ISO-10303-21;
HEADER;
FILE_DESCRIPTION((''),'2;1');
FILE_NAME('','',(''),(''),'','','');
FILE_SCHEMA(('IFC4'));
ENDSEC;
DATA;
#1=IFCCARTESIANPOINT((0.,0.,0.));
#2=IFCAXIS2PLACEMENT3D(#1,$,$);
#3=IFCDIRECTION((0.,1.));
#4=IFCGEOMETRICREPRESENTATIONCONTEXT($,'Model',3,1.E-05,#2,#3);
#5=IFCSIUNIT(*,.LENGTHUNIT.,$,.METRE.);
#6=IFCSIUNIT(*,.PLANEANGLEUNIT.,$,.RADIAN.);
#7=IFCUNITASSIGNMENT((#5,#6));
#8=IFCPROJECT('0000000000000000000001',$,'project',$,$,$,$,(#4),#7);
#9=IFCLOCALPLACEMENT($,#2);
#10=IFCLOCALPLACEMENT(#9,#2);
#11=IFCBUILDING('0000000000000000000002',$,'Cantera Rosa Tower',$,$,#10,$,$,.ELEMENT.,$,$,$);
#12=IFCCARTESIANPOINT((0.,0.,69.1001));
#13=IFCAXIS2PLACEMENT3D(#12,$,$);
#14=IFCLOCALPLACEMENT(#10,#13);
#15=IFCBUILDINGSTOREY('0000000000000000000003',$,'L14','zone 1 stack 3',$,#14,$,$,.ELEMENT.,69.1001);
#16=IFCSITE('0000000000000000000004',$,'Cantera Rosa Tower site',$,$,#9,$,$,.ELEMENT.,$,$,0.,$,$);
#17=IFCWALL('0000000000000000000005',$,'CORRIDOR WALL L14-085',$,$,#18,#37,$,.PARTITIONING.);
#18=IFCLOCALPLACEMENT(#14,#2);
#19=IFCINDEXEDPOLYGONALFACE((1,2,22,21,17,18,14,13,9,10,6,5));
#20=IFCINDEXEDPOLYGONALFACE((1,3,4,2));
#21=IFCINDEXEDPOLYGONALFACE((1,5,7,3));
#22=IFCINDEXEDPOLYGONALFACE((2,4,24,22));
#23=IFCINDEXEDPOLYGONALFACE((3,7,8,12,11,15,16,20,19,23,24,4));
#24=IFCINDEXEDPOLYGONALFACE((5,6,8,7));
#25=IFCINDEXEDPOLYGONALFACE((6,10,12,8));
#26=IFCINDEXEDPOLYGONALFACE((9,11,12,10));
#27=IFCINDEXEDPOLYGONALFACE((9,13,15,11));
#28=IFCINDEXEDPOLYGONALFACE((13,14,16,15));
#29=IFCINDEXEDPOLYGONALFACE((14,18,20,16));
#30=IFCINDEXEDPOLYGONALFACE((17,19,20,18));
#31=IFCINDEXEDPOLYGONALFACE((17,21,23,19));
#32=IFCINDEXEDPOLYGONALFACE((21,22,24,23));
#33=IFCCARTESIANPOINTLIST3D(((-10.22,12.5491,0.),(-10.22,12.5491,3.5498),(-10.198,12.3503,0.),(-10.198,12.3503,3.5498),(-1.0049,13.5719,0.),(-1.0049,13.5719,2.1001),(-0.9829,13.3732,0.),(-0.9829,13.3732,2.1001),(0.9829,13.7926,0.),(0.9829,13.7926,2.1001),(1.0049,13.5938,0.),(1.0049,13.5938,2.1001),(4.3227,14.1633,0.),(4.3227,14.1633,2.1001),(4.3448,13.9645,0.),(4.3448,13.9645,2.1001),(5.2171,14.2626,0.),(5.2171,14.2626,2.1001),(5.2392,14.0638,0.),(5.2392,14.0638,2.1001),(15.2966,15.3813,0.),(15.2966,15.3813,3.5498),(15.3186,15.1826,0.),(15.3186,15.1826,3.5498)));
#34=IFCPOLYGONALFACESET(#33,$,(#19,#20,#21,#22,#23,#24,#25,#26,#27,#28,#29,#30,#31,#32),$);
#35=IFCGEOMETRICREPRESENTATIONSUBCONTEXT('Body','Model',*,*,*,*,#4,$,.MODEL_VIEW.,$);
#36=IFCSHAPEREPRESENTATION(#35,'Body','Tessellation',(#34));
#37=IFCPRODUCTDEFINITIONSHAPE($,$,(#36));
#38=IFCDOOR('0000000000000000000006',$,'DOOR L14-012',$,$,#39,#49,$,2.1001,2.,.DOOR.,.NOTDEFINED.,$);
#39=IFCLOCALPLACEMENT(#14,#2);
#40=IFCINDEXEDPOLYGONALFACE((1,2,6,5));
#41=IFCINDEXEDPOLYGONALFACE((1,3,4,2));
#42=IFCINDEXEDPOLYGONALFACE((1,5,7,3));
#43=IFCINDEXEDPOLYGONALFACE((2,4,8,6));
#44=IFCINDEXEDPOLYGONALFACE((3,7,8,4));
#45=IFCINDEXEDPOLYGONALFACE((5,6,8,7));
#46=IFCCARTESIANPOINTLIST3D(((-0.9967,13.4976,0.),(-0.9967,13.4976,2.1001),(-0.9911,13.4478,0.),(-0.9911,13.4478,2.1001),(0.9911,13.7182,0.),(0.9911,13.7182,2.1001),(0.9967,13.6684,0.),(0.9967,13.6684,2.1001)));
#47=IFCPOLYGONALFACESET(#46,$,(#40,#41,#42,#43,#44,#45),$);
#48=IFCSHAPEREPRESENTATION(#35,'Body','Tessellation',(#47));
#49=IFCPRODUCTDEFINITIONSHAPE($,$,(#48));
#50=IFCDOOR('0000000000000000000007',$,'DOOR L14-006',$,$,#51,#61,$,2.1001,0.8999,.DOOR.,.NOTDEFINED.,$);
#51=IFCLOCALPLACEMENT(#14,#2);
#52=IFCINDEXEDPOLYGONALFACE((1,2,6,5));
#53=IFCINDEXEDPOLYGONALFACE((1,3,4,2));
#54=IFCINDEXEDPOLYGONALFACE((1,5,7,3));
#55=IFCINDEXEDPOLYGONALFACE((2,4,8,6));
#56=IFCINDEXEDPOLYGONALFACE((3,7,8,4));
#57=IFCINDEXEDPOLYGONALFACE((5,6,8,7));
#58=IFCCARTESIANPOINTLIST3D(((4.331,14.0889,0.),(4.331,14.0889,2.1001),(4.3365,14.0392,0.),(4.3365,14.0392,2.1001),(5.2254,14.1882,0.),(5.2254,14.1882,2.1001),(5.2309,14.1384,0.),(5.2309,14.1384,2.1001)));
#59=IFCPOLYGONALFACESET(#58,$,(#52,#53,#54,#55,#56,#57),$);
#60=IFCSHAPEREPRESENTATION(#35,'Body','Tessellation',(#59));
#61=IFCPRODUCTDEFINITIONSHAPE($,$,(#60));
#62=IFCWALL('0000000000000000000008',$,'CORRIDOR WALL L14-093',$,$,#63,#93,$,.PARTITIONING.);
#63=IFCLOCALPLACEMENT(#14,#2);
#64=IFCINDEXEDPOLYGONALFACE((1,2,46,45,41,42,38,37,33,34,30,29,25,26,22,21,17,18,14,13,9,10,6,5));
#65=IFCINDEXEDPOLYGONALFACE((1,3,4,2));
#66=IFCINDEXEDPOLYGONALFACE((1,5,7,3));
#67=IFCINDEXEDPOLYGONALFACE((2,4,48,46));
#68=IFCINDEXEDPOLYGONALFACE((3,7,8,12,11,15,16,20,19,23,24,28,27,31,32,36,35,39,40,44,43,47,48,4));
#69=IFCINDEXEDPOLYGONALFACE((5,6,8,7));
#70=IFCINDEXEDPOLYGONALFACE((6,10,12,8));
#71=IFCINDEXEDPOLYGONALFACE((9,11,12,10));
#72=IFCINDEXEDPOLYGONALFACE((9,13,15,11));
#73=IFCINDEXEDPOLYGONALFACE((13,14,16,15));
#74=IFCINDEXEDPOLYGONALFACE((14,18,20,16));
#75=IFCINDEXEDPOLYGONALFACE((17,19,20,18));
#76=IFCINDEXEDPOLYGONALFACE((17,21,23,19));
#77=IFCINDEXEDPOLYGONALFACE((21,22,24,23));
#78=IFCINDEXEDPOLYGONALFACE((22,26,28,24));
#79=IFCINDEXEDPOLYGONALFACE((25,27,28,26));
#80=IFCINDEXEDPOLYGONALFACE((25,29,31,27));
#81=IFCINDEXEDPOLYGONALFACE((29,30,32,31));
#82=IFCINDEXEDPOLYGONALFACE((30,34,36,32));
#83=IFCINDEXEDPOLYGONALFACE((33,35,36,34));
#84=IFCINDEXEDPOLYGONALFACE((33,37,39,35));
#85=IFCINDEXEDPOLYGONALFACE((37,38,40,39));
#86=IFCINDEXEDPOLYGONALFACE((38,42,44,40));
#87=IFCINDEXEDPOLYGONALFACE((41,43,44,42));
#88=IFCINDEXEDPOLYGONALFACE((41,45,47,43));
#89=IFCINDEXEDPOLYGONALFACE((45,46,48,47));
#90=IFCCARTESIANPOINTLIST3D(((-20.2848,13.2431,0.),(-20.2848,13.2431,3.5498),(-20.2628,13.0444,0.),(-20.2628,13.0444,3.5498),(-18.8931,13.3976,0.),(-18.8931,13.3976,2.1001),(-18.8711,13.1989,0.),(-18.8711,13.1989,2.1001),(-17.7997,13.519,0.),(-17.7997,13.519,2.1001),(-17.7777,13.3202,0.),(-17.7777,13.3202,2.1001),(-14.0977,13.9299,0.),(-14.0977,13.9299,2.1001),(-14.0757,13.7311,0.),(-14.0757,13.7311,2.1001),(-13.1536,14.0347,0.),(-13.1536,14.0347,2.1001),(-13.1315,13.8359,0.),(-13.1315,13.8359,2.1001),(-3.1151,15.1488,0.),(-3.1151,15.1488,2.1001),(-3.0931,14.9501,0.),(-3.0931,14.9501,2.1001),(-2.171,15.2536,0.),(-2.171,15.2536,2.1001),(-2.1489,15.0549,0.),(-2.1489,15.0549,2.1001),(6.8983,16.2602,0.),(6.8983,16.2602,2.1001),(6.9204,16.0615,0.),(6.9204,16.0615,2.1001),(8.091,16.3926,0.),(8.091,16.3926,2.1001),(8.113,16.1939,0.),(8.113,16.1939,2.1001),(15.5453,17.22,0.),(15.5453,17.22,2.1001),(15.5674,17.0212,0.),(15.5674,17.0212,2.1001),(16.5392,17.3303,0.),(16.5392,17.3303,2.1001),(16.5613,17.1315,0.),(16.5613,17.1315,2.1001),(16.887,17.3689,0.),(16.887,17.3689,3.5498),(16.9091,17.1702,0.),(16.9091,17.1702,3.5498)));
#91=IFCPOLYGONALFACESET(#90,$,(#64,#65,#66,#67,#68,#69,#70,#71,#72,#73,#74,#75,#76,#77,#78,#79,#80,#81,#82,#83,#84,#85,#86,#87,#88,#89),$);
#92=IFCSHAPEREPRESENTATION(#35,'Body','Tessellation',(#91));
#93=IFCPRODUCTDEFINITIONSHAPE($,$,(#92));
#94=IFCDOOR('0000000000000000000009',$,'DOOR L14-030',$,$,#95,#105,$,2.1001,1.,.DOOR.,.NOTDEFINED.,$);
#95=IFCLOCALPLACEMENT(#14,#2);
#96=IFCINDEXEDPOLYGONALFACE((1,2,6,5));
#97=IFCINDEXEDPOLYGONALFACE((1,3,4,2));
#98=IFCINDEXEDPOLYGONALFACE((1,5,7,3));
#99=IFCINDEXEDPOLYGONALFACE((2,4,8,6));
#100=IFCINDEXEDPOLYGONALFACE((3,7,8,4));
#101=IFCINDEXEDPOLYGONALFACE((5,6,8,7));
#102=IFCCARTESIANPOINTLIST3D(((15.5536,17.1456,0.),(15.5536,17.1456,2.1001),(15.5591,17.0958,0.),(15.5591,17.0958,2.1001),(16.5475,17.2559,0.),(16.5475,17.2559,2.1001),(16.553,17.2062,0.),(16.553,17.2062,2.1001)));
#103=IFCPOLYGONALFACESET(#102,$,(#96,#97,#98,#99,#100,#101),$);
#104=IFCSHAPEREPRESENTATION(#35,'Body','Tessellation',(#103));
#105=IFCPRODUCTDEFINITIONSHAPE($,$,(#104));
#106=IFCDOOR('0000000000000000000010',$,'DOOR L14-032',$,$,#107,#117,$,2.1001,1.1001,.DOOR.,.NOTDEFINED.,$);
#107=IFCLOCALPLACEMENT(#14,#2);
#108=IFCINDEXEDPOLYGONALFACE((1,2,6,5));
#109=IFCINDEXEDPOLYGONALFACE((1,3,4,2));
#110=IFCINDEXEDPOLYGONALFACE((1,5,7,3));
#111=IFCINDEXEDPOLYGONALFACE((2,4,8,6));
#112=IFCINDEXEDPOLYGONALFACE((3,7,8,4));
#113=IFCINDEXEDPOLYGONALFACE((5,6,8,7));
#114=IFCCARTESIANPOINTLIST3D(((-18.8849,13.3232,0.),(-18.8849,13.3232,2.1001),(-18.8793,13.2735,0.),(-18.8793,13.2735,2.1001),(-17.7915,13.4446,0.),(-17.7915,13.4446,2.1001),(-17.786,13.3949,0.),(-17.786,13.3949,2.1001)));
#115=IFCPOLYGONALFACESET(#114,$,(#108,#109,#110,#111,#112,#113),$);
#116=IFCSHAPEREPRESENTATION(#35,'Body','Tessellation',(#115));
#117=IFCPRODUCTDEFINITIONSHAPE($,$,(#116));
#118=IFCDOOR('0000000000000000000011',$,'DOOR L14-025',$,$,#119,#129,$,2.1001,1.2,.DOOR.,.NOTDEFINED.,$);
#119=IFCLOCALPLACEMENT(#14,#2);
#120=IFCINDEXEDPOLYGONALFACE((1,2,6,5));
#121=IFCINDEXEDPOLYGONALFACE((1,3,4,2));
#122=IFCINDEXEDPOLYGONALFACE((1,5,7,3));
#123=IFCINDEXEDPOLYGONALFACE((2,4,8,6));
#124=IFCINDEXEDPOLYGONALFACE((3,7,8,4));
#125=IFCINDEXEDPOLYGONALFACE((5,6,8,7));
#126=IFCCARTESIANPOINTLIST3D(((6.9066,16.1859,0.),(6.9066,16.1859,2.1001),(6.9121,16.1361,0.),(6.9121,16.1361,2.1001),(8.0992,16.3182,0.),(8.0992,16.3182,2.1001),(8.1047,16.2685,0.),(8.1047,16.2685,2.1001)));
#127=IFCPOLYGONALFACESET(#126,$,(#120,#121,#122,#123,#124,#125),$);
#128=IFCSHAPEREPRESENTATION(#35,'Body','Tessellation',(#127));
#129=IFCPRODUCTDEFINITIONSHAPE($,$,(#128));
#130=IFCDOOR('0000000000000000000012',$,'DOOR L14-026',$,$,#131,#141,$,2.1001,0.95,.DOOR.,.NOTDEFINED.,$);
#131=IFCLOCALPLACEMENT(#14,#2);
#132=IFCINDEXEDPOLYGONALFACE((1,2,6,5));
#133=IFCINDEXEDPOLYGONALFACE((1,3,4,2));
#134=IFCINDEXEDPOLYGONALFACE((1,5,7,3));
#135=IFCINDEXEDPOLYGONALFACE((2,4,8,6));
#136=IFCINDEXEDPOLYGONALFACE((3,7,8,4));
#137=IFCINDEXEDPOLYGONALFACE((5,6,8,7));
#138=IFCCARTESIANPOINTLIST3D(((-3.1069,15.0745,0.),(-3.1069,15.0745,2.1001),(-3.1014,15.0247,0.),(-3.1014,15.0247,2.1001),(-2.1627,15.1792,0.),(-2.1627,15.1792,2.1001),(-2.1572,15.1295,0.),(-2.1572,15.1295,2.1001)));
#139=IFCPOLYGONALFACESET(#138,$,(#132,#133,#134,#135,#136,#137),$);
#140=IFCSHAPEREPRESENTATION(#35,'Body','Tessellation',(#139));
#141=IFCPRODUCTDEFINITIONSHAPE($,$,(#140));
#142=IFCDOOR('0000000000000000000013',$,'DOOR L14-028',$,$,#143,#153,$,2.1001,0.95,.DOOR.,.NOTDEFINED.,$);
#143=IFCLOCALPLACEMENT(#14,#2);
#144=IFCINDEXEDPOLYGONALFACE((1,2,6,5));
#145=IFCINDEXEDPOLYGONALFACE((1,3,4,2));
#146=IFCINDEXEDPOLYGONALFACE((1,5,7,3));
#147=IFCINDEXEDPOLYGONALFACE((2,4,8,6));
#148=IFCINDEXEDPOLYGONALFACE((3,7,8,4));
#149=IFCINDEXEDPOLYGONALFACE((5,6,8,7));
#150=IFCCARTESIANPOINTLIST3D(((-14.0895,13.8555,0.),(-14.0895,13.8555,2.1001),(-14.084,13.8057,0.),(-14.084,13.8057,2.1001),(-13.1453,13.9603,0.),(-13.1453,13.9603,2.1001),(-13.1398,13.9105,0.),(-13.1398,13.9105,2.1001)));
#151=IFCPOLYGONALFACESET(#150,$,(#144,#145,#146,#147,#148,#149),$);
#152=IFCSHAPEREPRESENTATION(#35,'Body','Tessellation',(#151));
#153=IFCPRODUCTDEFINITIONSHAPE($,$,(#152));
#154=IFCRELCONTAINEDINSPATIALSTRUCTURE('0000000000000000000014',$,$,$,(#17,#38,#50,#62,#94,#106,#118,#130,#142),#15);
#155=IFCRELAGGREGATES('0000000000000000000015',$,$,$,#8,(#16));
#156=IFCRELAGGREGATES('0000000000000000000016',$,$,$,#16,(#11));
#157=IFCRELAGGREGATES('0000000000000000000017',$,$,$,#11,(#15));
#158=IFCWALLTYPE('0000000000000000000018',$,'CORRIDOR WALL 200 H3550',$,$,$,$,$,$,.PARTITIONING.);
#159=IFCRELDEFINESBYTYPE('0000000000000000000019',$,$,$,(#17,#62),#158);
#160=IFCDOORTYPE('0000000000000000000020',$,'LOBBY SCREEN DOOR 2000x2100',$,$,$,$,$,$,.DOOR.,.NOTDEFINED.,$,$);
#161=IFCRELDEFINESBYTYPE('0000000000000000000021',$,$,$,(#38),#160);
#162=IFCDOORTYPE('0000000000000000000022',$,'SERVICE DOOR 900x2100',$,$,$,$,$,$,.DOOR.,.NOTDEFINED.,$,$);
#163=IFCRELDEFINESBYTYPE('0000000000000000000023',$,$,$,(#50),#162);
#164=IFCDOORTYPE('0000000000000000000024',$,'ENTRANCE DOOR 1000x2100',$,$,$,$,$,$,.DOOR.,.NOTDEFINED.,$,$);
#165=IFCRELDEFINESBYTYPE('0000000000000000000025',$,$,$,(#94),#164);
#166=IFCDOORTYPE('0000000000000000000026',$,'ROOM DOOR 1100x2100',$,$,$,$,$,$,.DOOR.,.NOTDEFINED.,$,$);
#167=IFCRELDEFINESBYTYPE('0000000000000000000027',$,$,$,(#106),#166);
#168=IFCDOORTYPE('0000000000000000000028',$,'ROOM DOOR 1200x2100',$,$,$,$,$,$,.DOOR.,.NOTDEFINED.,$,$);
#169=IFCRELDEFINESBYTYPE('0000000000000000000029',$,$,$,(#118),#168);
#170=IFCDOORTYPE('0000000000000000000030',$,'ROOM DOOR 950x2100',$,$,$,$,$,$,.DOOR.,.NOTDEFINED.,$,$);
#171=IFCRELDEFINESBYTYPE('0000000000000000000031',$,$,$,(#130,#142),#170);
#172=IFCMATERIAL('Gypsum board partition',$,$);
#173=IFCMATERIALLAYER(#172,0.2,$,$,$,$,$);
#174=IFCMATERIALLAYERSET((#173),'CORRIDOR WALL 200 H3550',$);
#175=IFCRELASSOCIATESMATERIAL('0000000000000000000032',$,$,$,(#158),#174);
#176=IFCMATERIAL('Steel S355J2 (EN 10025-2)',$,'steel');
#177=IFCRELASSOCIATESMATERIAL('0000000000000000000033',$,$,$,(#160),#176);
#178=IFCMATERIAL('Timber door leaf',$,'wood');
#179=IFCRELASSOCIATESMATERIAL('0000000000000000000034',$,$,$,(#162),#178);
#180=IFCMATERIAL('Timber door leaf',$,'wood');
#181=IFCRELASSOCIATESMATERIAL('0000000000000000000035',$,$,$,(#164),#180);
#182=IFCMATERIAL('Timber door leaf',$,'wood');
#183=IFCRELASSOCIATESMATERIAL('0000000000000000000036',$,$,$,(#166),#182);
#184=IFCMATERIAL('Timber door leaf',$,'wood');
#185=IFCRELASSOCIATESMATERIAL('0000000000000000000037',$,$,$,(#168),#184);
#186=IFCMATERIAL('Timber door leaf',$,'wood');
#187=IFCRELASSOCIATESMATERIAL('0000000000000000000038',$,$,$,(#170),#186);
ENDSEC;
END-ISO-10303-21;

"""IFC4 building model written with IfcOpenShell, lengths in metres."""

from ifc_helpers import new_model, si_unit, direction, frame, frame_2d, origin, place, context, subcontext, project, spatial, rectangle, extrude, material, layer, layer_set, type_object, element, fill, save


model = new_model("IFC4")

# Units and contexts
model_context = context("Model", 3, precision=1e-05, world=origin(), true_north=direction((0.0, 1.0)))
body_context = subcontext(model_context, "Body", "Model", "MODEL_VIEW")
ifc_project = project(units=[si_unit("LENGTHUNIT", "METRE"), si_unit("PLANEANGLEUNIT", "RADIAN")], contexts=[model_context])

# Site, building, storey
site_placement = place(None, origin())
site = spatial("IfcSite", under=ifc_project, at=site_placement, Name="Cantera Rosa Tower site", CompositionType="ELEMENT", RefElevation=0.0)
building_placement = place(site_placement, origin())
building = spatial("IfcBuilding", under=site, at=building_placement, Name="Cantera Rosa Tower", CompositionType="ELEMENT")
storey_placement = place(building_placement, frame((0.0, 0.0, 69.1001)))
storey = spatial("IfcBuildingStorey", under=building, at=storey_placement, Name="L14", Description="zone 1 stack 3", CompositionType="ELEMENT", Elevation=69.1001)

# Walls, openings, doors
ifc_material_1 = material(Name="Gypsum board partition")
ifc_layer_1 = layer(ifc_material_1, 0.2)
ifc_layer_set_1 = layer_set([ifc_layer_1], Name="CORRIDOR WALL 200 H3550")
wall_type_1 = type_object("IfcWallType", Name="CORRIDOR WALL 200 H3550", PredefinedType="PARTITIONING", material=ifc_layer_set_1)
wall_1_placement = place(storey_placement, frame((15.3076, 15.282, 0.0), z_axis=(0.0, 0.0, 1.0), x_axis=(-0.993896, -0.11032, 0.0)))
wall_1 = element("IfcWall", 1, at=wall_1_placement, inside=storey, type_object=wall_type_1, Name="CORRIDOR WALL L14-085", PredefinedType="PARTITIONING", context=body_context, shape_type="SweptSolid", body=[
    extrude(rectangle(XDim=25.6733, YDim=0.2, at=frame_2d((12.8367, 0.0))), origin(), (0.0, 0.0, 1.0), 3.5498),
])
opening_1_placement = place(wall_1_placement, frame((10.1414, 0.0, 0.0)))
opening_1 = element("IfcOpeningElement", 2, at=opening_1_placement, cuts=wall_1, PredefinedType="OPENING", context=body_context, shape_type="SweptSolid", body=[
    extrude(rectangle(XDim=0.8999, YDim=2.1001, at=frame_2d((0.45, 1.05))), frame((0.0, 0.1099, 0.0), z_axis=(0.0, -1.0, 0.0), x_axis=(1.0, 0.0, 0.0)), (0.0, 0.0, 1.0), 0.22),
])
opening_2_placement = place(wall_1_placement, frame((14.4016, 0.0, 0.0)))
opening_2 = element("IfcOpeningElement", 3, at=opening_2_placement, cuts=wall_1, PredefinedType="OPENING", context=body_context, shape_type="SweptSolid", body=[
    extrude(rectangle(XDim=2.0, YDim=2.1001, at=frame_2d((1.0, 1.05))), frame((0.0, 0.1099, 0.0), z_axis=(0.0, -1.0, 0.0), x_axis=(1.0, 0.0, 0.0)), (0.0, 0.0, 1.0), 0.22),
])
ifc_material_2 = material(Name="Steel S355J2 (EN 10025-2)", Category="steel")
door_type_1 = type_object("IfcDoorType", Name="LOBBY SCREEN DOOR 2000x2100", OperationType="NOTDEFINED", PredefinedType="DOOR", material=ifc_material_2)
door_1_placement = place(opening_2_placement, origin())
door_1 = element("IfcDoor", 4, at=door_1_placement, inside=storey, type_object=door_type_1, Name="DOOR L14-012", OperationType="NOTDEFINED", OverallHeight=2.1001, OverallWidth=2.0, PredefinedType="DOOR", context=body_context, shape_type="SweptSolid", body=[
    extrude(rectangle(XDim=2.0, YDim=2.1001, at=frame_2d((1.0, 1.05))), frame((0.0, 0.0249, 0.0), z_axis=(0.0, -1.0, 0.0), x_axis=(1.0, 0.0, 0.0)), (0.0, 0.0, 1.0), 0.05),
])
fill(opening_2, door_1)
ifc_material_3 = material(Name="Timber door leaf", Category="wood")
door_type_2 = type_object("IfcDoorType", Name="SERVICE DOOR 900x2100", OperationType="NOTDEFINED", PredefinedType="DOOR", material=ifc_material_3)
door_2_placement = place(opening_1_placement, origin())
door_2 = element("IfcDoor", 5, at=door_2_placement, inside=storey, type_object=door_type_2, Name="DOOR L14-006", OperationType="NOTDEFINED", OverallHeight=2.1001, OverallWidth=0.8999, PredefinedType="DOOR", context=body_context, shape_type="SweptSolid", body=[
    extrude(rectangle(XDim=0.8999, YDim=2.1001, at=frame_2d((0.45, 1.05))), frame((0.0, 0.0249, 0.0), z_axis=(0.0, -1.0, 0.0), x_axis=(1.0, 0.0, 0.0)), (0.0, 0.0, 1.0), 0.05),
])
fill(opening_1, door_2)
wall_2_placement = place(storey_placement, frame((16.8982, 17.2695, 0.0), z_axis=(0.0, 0.0, 1.0), x_axis=(-0.993897, -0.110313, 0.0)))
wall_2 = element("IfcWall", 6, at=wall_2_placement, inside=storey, type_object=wall_type_1, Name="CORRIDOR WALL L14-093", PredefinedType="PARTITIONING", context=body_context, shape_type="SweptSolid", body=[
    extrude(rectangle(XDim=37.4001, YDim=0.2, at=frame_2d((18.7002, 0.0))), origin(), (0.0, 0.0, 1.0), 3.5498),
])
opening_3_placement = place(wall_2_placement, frame((8.8501, 0.0, 0.0)))
opening_3 = element("IfcOpeningElement", 7, at=opening_3_placement, cuts=wall_2, PredefinedType="OPENING", context=body_context, shape_type="SweptSolid", body=[
    extrude(rectangle(XDim=1.2, YDim=2.1001, at=frame_2d((0.6001, 1.05))), frame((0.0, 0.1099, 0.0), z_axis=(0.0, -1.0, 0.0), x_axis=(1.0, 0.0, 0.0)), (0.0, 0.0, 1.0), 0.22),
])
opening_4_placement = place(wall_2_placement, frame((19.175, 0.0, 0.0)))
opening_4 = element("IfcOpeningElement", 8, at=opening_4_placement, cuts=wall_2, PredefinedType="OPENING", context=body_context, shape_type="SweptSolid", body=[
    extrude(rectangle(XDim=0.95, YDim=2.1001, at=frame_2d((0.4751, 1.05))), frame((0.0, 0.1099, 0.0), z_axis=(0.0, -1.0, 0.0), x_axis=(1.0, 0.0, 0.0)), (0.0, 0.0, 1.0), 0.22),
])
opening_5_placement = place(wall_2_placement, frame((30.2251, 0.0, 0.0)))
opening_5 = element("IfcOpeningElement", 9, at=opening_5_placement, cuts=wall_2, PredefinedType="OPENING", context=body_context, shape_type="SweptSolid", body=[
    extrude(rectangle(XDim=0.95, YDim=2.1001, at=frame_2d((0.4751, 1.05))), frame((0.0, 0.1099, 0.0), z_axis=(0.0, -1.0, 0.0), x_axis=(1.0, 0.0, 0.0)), (0.0, 0.0, 1.0), 0.22),
])
opening_6_placement = place(wall_2_placement, frame((0.3501, 0.0, 0.0)))
opening_6 = element("IfcOpeningElement", 10, at=opening_6_placement, cuts=wall_2, PredefinedType="OPENING", context=body_context, shape_type="SweptSolid", body=[
    extrude(rectangle(XDim=1.0, YDim=2.1001, at=frame_2d((0.5, 1.05))), frame((0.0, 0.1099, 0.0), z_axis=(0.0, -1.0, 0.0), x_axis=(1.0, 0.0, 0.0)), (0.0, 0.0, 1.0), 0.22),
])
opening_7_placement = place(wall_2_placement, frame((34.8999, 0.0, 0.0)))
opening_7 = element("IfcOpeningElement", 11, at=opening_7_placement, cuts=wall_2, PredefinedType="OPENING", context=body_context, shape_type="SweptSolid", body=[
    extrude(rectangle(XDim=1.1001, YDim=2.1001, at=frame_2d((0.55, 1.05))), frame((0.0, 0.1099, 0.0), z_axis=(0.0, -1.0, 0.0), x_axis=(1.0, 0.0, 0.0)), (0.0, 0.0, 1.0), 0.22),
])
ifc_material_4 = material(Name="Timber door leaf", Category="wood")
door_type_3 = type_object("IfcDoorType", Name="ENTRANCE DOOR 1000x2100", OperationType="NOTDEFINED", PredefinedType="DOOR", material=ifc_material_4)
door_3_placement = place(opening_6_placement, origin())
door_3 = element("IfcDoor", 12, at=door_3_placement, inside=storey, type_object=door_type_3, Name="DOOR L14-030", OperationType="NOTDEFINED", OverallHeight=2.1001, OverallWidth=1.0, PredefinedType="DOOR", context=body_context, shape_type="SweptSolid", body=[
    extrude(rectangle(XDim=1.0, YDim=2.1001, at=frame_2d((0.5, 1.05))), frame((0.0, 0.0249, 0.0), z_axis=(0.0, -1.0, 0.0), x_axis=(1.0, 0.0, 0.0)), (0.0, 0.0, 1.0), 0.05),
])
fill(opening_6, door_3)
ifc_material_5 = material(Name="Timber door leaf", Category="wood")
door_type_4 = type_object("IfcDoorType", Name="ROOM DOOR 1100x2100", OperationType="NOTDEFINED", PredefinedType="DOOR", material=ifc_material_5)
door_4_placement = place(opening_7_placement, origin())
door_4 = element("IfcDoor", 13, at=door_4_placement, inside=storey, type_object=door_type_4, Name="DOOR L14-032", OperationType="NOTDEFINED", OverallHeight=2.1001, OverallWidth=1.1001, PredefinedType="DOOR", context=body_context, shape_type="SweptSolid", body=[
    extrude(rectangle(XDim=1.1001, YDim=2.1001, at=frame_2d((0.55, 1.05))), frame((0.0, 0.0249, 0.0), z_axis=(0.0, -1.0, 0.0), x_axis=(1.0, 0.0, 0.0)), (0.0, 0.0, 1.0), 0.05),
])
fill(opening_7, door_4)
ifc_material_6 = material(Name="Timber door leaf", Category="wood")
door_type_5 = type_object("IfcDoorType", Name="ROOM DOOR 1200x2100", OperationType="NOTDEFINED", PredefinedType="DOOR", material=ifc_material_6)
door_5_placement = place(opening_3_placement, origin())
door_5 = element("IfcDoor", 14, at=door_5_placement, inside=storey, type_object=door_type_5, Name="DOOR L14-025", OperationType="NOTDEFINED", OverallHeight=2.1001, OverallWidth=1.2, PredefinedType="DOOR", context=body_context, shape_type="SweptSolid", body=[
    extrude(rectangle(XDim=1.2, YDim=2.1001, at=frame_2d((0.6001, 1.05))), frame((0.0, 0.0249, 0.0), z_axis=(0.0, -1.0, 0.0), x_axis=(1.0, 0.0, 0.0)), (0.0, 0.0, 1.0), 0.05),
])
fill(opening_3, door_5)
ifc_material_7 = material(Name="Timber door leaf", Category="wood")
door_type_6 = type_object("IfcDoorType", Name="ROOM DOOR 950x2100", OperationType="NOTDEFINED", PredefinedType="DOOR", material=ifc_material_7)
door_6_placement = place(opening_4_placement, origin())
door_6 = element("IfcDoor", 15, at=door_6_placement, inside=storey, type_object=door_type_6, Name="DOOR L14-026", OperationType="NOTDEFINED", OverallHeight=2.1001, OverallWidth=0.95, PredefinedType="DOOR", context=body_context, shape_type="SweptSolid", body=[
    extrude(rectangle(XDim=0.95, YDim=2.1001, at=frame_2d((0.4751, 1.05))), frame((0.0, 0.0249, 0.0), z_axis=(0.0, -1.0, 0.0), x_axis=(1.0, 0.0, 0.0)), (0.0, 0.0, 1.0), 0.05),
])
fill(opening_4, door_6)
door_7_placement = place(opening_5_placement, origin())
door_7 = element("IfcDoor", 16, at=door_7_placement, inside=storey, type_object=door_type_6, Name="DOOR L14-028", OperationType="NOTDEFINED", OverallHeight=2.1001, OverallWidth=0.95, PredefinedType="DOOR", context=body_context, shape_type="SweptSolid", body=[
    extrude(rectangle(XDim=0.95, YDim=2.1001, at=frame_2d((0.4751, 1.05))), frame((0.0, 0.0249, 0.0), z_axis=(0.0, -1.0, 0.0), x_axis=(1.0, 0.0, 0.0)), (0.0, 0.0, 1.0), 0.05),
])
fill(opening_5, door_7)

save(model, "model.ifc")
